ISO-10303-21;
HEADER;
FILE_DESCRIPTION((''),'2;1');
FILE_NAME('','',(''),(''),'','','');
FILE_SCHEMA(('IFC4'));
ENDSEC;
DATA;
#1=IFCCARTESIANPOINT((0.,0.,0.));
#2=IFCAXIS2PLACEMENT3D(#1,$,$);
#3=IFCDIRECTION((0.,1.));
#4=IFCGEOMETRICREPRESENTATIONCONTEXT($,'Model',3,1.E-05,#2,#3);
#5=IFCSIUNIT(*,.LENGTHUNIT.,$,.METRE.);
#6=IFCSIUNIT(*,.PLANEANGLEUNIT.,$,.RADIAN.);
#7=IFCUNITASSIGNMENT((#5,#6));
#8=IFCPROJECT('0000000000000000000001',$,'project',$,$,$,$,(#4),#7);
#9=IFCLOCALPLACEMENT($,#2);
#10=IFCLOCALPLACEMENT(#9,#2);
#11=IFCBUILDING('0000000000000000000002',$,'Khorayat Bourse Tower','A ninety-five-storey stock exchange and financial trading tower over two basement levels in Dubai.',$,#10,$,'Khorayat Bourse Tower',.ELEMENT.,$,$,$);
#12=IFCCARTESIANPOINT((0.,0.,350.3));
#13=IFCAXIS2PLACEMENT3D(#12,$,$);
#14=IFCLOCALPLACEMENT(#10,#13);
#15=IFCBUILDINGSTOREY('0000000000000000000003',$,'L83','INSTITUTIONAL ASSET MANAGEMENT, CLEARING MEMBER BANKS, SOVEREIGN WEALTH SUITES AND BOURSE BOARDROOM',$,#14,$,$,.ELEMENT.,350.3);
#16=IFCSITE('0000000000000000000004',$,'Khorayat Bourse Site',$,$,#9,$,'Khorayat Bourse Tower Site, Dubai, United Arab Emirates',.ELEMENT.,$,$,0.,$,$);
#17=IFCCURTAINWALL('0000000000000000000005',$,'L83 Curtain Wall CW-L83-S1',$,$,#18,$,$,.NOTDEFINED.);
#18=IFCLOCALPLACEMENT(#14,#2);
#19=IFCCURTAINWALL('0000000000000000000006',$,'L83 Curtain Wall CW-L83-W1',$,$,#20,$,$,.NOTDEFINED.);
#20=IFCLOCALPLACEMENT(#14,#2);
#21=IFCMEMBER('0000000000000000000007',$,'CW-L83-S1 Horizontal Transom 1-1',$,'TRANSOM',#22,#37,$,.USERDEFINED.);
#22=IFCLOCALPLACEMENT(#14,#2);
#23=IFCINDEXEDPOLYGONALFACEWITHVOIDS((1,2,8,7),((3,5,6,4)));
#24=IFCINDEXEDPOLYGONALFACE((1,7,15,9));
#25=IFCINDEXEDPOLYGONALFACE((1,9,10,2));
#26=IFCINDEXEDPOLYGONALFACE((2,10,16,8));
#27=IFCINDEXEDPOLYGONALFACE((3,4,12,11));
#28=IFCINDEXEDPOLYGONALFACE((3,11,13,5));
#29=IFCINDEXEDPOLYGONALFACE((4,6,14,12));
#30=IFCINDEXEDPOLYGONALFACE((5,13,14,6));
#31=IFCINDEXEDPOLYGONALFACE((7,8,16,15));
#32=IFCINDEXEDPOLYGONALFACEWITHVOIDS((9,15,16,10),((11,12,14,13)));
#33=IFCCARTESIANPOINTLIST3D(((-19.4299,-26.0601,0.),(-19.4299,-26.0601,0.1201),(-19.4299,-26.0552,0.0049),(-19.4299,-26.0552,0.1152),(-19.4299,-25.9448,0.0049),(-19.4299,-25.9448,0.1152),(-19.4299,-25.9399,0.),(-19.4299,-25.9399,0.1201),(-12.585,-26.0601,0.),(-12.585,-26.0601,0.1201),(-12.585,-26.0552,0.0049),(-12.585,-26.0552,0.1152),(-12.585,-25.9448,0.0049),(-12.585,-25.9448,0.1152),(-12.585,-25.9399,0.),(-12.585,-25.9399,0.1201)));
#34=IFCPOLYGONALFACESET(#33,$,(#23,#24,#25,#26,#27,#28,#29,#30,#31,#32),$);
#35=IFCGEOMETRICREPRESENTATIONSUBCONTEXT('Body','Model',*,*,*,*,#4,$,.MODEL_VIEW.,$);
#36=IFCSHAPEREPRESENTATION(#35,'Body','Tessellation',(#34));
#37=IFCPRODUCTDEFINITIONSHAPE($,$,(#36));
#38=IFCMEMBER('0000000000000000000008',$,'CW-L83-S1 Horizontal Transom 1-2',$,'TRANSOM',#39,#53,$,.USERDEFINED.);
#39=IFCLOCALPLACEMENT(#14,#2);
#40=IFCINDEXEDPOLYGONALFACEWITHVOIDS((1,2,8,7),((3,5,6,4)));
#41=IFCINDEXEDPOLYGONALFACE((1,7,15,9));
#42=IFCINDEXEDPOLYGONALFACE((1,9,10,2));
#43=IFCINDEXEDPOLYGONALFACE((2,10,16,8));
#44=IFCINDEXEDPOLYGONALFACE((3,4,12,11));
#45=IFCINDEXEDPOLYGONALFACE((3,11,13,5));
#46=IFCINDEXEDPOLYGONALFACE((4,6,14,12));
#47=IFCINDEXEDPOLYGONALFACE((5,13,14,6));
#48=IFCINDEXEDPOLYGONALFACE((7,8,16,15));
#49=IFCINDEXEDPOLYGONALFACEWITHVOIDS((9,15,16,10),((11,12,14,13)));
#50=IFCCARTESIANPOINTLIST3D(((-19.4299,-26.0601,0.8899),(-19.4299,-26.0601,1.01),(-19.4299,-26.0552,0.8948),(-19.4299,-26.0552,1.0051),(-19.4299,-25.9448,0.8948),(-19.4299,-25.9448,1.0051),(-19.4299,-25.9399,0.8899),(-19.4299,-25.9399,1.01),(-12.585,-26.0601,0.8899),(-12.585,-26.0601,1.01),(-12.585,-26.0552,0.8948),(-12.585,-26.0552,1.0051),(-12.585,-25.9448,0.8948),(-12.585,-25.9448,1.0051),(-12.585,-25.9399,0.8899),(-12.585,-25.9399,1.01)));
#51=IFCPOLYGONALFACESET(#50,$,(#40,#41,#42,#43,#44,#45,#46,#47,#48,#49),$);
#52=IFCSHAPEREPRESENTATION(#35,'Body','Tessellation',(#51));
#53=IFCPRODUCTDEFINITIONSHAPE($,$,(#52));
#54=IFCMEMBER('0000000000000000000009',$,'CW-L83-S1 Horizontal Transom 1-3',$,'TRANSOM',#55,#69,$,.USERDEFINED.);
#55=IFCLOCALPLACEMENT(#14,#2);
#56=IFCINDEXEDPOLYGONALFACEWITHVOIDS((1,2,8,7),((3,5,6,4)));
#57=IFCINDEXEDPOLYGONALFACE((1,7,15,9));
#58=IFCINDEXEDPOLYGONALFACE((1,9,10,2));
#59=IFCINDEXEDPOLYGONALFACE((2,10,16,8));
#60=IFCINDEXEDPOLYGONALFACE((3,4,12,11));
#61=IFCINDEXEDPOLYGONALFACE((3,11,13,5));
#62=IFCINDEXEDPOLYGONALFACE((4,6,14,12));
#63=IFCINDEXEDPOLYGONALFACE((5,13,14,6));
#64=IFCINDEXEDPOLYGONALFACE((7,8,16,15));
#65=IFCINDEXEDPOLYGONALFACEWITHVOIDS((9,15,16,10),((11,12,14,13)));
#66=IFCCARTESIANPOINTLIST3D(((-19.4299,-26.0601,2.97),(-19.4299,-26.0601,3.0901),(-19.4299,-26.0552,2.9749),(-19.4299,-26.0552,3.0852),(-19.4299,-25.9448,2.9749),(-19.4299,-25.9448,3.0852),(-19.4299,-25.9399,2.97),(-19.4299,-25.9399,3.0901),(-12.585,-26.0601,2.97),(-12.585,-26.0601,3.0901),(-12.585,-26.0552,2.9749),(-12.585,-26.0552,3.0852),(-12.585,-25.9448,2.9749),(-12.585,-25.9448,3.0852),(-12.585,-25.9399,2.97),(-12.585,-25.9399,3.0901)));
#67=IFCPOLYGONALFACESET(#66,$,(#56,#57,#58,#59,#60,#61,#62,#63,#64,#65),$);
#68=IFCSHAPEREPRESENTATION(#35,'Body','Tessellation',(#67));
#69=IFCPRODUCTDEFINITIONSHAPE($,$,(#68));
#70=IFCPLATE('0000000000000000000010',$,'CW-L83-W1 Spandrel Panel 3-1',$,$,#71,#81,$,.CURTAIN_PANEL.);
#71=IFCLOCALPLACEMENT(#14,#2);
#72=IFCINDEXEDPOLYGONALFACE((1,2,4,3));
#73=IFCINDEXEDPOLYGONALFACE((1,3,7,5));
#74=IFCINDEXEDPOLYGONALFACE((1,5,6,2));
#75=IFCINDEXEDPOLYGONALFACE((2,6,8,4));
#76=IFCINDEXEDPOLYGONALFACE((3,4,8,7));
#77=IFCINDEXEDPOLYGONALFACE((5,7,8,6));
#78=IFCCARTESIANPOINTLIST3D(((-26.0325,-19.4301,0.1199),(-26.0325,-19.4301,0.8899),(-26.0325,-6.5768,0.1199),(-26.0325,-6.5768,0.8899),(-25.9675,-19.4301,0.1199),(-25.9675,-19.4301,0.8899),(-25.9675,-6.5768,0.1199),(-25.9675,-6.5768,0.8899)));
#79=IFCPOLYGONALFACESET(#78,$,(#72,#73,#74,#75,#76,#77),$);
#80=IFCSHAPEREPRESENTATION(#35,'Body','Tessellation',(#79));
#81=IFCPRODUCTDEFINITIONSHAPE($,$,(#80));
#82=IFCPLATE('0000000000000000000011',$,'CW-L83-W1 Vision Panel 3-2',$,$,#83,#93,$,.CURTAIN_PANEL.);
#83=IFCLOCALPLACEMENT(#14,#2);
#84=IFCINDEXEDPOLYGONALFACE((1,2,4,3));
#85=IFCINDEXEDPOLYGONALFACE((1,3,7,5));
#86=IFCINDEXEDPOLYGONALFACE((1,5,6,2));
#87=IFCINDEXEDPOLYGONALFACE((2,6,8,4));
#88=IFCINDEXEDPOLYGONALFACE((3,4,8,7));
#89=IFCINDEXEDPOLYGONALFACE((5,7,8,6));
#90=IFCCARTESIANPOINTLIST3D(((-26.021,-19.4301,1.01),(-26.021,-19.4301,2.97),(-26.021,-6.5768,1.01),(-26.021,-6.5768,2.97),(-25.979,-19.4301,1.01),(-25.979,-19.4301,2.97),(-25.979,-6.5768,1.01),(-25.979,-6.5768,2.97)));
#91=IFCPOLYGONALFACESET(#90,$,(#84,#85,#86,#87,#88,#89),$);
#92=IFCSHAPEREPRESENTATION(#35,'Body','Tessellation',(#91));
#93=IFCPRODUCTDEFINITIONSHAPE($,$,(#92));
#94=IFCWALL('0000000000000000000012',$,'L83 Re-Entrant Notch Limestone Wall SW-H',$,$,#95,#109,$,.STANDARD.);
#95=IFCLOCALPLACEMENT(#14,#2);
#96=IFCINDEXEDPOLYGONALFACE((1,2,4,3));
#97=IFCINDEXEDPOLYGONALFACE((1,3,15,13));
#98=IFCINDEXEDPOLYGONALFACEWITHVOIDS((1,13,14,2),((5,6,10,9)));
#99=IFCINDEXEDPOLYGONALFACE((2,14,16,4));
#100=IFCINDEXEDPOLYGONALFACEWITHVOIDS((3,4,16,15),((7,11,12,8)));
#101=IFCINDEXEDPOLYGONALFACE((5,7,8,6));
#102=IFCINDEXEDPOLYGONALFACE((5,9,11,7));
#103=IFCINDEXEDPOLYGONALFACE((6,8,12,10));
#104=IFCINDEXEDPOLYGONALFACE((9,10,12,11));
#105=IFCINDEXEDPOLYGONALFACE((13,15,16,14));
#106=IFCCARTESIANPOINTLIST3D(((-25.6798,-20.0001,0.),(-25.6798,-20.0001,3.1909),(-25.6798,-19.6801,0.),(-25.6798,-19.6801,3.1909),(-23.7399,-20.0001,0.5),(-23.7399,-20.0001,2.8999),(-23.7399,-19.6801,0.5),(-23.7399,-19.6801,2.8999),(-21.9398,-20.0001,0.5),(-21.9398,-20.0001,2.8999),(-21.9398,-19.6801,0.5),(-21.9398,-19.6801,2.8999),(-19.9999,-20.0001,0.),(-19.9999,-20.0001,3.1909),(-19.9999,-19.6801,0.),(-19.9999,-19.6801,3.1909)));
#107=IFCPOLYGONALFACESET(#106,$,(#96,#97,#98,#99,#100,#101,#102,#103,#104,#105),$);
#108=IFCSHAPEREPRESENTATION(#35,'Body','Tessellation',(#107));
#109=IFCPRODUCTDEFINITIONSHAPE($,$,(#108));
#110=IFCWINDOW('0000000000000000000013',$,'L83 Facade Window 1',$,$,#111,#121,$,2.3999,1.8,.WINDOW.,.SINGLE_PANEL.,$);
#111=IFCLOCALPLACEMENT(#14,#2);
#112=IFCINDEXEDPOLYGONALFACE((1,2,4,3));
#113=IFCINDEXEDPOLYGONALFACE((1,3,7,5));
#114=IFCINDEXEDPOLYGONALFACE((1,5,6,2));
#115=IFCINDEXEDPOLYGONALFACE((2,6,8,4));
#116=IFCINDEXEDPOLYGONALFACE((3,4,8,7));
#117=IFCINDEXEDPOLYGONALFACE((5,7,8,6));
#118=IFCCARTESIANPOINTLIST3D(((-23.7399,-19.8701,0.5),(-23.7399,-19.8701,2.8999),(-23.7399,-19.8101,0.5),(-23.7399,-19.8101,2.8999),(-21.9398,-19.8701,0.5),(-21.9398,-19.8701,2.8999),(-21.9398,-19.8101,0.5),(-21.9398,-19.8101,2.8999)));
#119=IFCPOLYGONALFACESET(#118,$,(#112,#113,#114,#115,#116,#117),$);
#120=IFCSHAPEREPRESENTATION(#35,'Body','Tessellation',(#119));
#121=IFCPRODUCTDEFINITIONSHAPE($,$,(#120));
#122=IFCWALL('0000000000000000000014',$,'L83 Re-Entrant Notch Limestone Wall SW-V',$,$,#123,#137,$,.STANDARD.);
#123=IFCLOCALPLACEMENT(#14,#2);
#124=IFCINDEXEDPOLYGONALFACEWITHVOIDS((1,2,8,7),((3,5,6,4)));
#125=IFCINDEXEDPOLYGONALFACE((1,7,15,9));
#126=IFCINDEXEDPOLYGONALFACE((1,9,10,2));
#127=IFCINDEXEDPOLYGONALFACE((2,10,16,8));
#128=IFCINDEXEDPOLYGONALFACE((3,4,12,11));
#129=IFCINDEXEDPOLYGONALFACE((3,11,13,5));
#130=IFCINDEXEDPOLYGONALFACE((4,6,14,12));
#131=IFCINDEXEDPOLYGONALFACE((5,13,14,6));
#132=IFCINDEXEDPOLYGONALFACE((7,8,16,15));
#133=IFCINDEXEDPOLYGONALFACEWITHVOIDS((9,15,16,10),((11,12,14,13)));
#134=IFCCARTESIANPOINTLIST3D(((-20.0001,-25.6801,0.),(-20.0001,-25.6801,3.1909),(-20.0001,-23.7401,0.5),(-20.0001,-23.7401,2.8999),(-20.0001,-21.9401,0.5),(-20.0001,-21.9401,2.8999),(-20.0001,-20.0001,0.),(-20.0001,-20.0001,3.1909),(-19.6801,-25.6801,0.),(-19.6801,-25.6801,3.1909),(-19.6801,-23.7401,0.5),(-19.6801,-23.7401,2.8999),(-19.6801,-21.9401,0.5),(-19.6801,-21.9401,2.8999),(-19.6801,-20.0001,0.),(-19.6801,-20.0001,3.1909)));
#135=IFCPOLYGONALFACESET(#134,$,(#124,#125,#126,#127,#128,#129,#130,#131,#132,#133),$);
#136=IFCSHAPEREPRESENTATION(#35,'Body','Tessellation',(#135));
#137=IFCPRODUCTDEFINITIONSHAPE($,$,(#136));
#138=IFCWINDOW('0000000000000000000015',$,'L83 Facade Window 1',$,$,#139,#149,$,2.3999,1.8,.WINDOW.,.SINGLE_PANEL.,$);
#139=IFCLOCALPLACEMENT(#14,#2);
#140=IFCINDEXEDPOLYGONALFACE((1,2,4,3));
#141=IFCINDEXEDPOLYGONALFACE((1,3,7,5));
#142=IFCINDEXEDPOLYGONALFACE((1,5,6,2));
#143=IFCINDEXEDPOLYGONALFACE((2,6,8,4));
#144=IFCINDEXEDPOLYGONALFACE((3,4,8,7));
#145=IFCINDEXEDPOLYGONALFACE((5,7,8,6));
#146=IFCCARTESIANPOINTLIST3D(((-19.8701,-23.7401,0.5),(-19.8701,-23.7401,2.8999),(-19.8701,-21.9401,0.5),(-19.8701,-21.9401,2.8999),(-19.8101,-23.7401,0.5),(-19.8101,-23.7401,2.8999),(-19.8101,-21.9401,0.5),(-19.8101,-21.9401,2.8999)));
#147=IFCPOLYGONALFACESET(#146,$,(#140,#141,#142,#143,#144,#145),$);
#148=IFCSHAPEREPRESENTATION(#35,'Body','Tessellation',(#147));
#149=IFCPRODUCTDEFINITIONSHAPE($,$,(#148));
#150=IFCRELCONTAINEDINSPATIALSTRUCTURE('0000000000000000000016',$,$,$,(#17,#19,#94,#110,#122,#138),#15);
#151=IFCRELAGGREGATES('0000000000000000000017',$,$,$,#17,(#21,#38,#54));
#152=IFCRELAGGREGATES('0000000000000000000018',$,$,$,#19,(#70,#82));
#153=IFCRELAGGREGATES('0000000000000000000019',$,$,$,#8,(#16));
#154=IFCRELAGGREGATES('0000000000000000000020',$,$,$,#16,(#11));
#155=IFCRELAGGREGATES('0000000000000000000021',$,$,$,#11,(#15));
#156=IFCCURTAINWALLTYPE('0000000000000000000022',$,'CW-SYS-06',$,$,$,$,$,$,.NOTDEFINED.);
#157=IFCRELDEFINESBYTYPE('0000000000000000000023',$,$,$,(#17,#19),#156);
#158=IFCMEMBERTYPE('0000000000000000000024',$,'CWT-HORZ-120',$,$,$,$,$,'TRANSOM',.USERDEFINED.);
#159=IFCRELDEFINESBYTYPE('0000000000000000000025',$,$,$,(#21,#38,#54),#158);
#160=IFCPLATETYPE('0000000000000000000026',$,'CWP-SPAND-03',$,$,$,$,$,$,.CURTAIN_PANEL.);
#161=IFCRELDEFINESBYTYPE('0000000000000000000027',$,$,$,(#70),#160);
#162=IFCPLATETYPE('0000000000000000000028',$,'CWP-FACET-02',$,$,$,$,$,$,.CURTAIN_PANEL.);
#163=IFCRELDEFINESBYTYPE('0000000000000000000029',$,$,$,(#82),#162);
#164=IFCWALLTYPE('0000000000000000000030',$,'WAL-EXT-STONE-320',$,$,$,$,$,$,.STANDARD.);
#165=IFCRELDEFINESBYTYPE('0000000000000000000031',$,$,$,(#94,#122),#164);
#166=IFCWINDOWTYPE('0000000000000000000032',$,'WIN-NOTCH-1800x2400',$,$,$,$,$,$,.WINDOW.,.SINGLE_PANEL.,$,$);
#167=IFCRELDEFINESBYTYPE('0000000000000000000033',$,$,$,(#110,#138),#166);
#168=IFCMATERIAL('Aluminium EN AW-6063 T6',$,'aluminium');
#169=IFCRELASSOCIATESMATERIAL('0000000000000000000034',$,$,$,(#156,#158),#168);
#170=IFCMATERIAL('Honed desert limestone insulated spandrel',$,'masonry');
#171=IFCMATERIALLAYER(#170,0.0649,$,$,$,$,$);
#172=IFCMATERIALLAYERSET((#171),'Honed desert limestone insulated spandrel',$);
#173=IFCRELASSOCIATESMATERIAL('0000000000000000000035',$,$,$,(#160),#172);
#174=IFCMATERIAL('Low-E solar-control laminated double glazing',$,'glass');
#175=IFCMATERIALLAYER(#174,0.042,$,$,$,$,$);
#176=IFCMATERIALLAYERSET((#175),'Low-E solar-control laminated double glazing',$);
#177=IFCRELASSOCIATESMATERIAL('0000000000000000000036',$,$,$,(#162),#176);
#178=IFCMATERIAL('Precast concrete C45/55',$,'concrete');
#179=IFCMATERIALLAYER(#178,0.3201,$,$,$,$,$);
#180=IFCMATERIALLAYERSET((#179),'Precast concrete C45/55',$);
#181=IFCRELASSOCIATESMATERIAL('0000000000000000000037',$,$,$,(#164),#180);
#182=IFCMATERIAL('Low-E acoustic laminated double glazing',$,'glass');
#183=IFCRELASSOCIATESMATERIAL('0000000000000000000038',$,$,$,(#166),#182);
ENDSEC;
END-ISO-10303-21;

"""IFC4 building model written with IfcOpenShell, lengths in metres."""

from ifc_helpers import new_model, si_unit, direction, frame, frame_2d, origin, origin_2d, place, context, subcontext, project, spatial, rectangle, hollow_rectangle, extrude, source, transform, mapped, material, layer, layer_set, material_profile, profile_set, type_object, element, fill, aggregate, save


model = new_model("IFC4")

# Units and contexts
model_context = context("Model", 3, precision=1e-05, world=origin(), true_north=direction((0.0, 1.0)))
body_context = subcontext(model_context, "Body", "Model", "MODEL_VIEW")
ifc_project = project(units=[si_unit("LENGTHUNIT", "METRE"), si_unit("PLANEANGLEUNIT", "RADIAN")], contexts=[model_context])

# Site, building, storey
site_placement = place(None, origin())
site = spatial("IfcSite", under=ifc_project, at=site_placement, Name="Khorayat Bourse Site", LongName="Khorayat Bourse Tower Site, Dubai, United Arab Emirates", CompositionType="ELEMENT", RefElevation=0.0)
building_placement = place(site_placement, origin())
building = spatial("IfcBuilding", under=site, at=building_placement, Name="Khorayat Bourse Tower", Description="A ninety-five-storey stock exchange and financial trading tower over two basement levels in Dubai.", LongName="Khorayat Bourse Tower", CompositionType="ELEMENT")
storey_placement = place(building_placement, frame((0.0, 0.0, 350.3)))
storey = spatial("IfcBuildingStorey", under=building, at=storey_placement, Name="L83", Description="INSTITUTIONAL ASSET MANAGEMENT, CLEARING MEMBER BANKS, SOVEREIGN WEALTH SUITES AND BOURSE BOARDROOM", CompositionType="ELEMENT", Elevation=350.3)

# Curtain wall
ifc_material_1 = material(Name="Aluminium EN AW-6063 T6", Category="aluminium")
curtain_wall_type = type_object("IfcCurtainWallType", Name="CW-SYS-06", PredefinedType="NOTDEFINED", material=ifc_material_1)
curtain_wall_1_placement = place(storey_placement, origin())
curtain_wall_1 = element("IfcCurtainWall", 1, at=curtain_wall_1_placement, inside=storey, type_object=curtain_wall_type, Name="L83 Curtain Wall CW-L83-S1", PredefinedType="NOTDEFINED")

# Curtain wall
curtain_wall_2_placement = place(storey_placement, origin())
curtain_wall_2 = element("IfcCurtainWall", 2, at=curtain_wall_2_placement, inside=storey, type_object=curtain_wall_type, Name="L83 Curtain Wall CW-L83-W1", PredefinedType="NOTDEFINED")

# Members
ifc_material_profile_1 = material_profile(ifc_material_1, hollow_rectangle(XDim=0.1201, YDim=0.1201, WallThickness=0.0049, at=origin_2d()), Name="ALU 120x120x5")
ifc_profile_set_1 = profile_set([ifc_material_profile_1], Name="Aluminium EN AW-6063 T6")
member_type_1 = type_object("IfcMemberType", Name="CWT-HORZ-120", ElementType="TRANSOM", PredefinedType="USERDEFINED", material=ifc_profile_set_1)
shared_shape_1 = source(origin(), body_context, "Body", "SweptSolid", [
    extrude(hollow_rectangle(XDim=0.1201, YDim=0.1201, WallThickness=0.0049, at=origin_2d()), origin(), (0.0, 0.0, 1.0), 6.845),
])
member_1_placement = place(storey_placement, frame((-19.4299, -26.0, 0.0601), z_axis=(1.0, 0.0, 0.0), x_axis=(0.0, 1.0, 0.0)))
member_1 = element("IfcMember", 3, at=member_1_placement, type_object=member_type_1, Name="CW-L83-S1 Horizontal Transom 1-1", ObjectType="TRANSOM", PredefinedType="USERDEFINED", context=body_context, shape_type="MappedRepresentation", body=[
    mapped(shared_shape_1, transform((0.0, 0.0, 0.0), scale=1.0)),
])
member_2_placement = place(storey_placement, frame((-19.4299, -26.0, 0.95), z_axis=(1.0, 0.0, 0.0), x_axis=(0.0, 1.0, 0.0)))
member_2 = element("IfcMember", 4, at=member_2_placement, type_object=member_type_1, Name="CW-L83-S1 Horizontal Transom 1-2", ObjectType="TRANSOM", PredefinedType="USERDEFINED", context=body_context, shape_type="MappedRepresentation", body=[
    mapped(shared_shape_1, transform((0.0, 0.0, 0.0), scale=1.0)),
])
member_3_placement = place(storey_placement, frame((-19.4299, -26.0, 3.03), z_axis=(1.0, 0.0, 0.0), x_axis=(0.0, 1.0, 0.0)))
member_3 = element("IfcMember", 5, at=member_3_placement, type_object=member_type_1, Name="CW-L83-S1 Horizontal Transom 1-3", ObjectType="TRANSOM", PredefinedType="USERDEFINED", context=body_context, shape_type="MappedRepresentation", body=[
    mapped(shared_shape_1, transform((0.0, 0.0, 0.0), scale=1.0)),
])
aggregate(curtain_wall_1, [member_1, member_2, member_3])

# Plates
ifc_material_2 = material(Name="Honed desert limestone insulated spandrel", Category="masonry")
ifc_layer_1 = layer(ifc_material_2, 0.0649)
ifc_layer_set_1 = layer_set([ifc_layer_1], Name="Honed desert limestone insulated spandrel")
plate_type_1 = type_object("IfcPlateType", Name="CWP-SPAND-03", PredefinedType="CURTAIN_PANEL", material=ifc_layer_set_1)
shared_shape_2 = source(origin(), body_context, "Body", "SweptSolid", [
    extrude(rectangle(XDim=12.8533, YDim=0.0649, at=origin_2d()), origin(), (0.0, 0.0, 1.0), 0.77),
])
plate_1_placement = place(storey_placement, frame((-26.0, -13.0034, 0.1199), z_axis=(0.0, 0.0, 1.0), x_axis=(0.0, -1.0, 0.0)))
plate_1 = element("IfcPlate", 6, at=plate_1_placement, type_object=plate_type_1, Name="CW-L83-W1 Spandrel Panel 3-1", PredefinedType="CURTAIN_PANEL", context=body_context, shape_type="MappedRepresentation", body=[
    mapped(shared_shape_2, transform((0.0, 0.0, 0.0), scale=1.0)),
])
ifc_material_3 = material(Name="Low-E solar-control laminated double glazing", Category="glass")
ifc_layer_2 = layer(ifc_material_3, 0.042)
ifc_layer_set_2 = layer_set([ifc_layer_2], Name="Low-E solar-control laminated double glazing")
plate_type_2 = type_object("IfcPlateType", Name="CWP-FACET-02", PredefinedType="CURTAIN_PANEL", material=ifc_layer_set_2)
shared_shape_3 = source(origin(), body_context, "Body", "SweptSolid", [
    extrude(rectangle(XDim=12.8533, YDim=0.042, at=origin_2d()), origin(), (0.0, 0.0, 1.0), 1.96),
])
plate_2_placement = place(storey_placement, frame((-26.0, -13.0034, 1.01), z_axis=(0.0, 0.0, 1.0), x_axis=(0.0, -1.0, 0.0)))
plate_2 = element("IfcPlate", 7, at=plate_2_placement, type_object=plate_type_2, Name="CW-L83-W1 Vision Panel 3-2", PredefinedType="CURTAIN_PANEL", context=body_context, shape_type="MappedRepresentation", body=[
    mapped(shared_shape_3, transform((0.0, 0.0, 0.0), scale=1.0)),
])
aggregate(curtain_wall_2, [plate_1, plate_2])

# Walls, openings, windows
ifc_material_4 = material(Name="Precast concrete C45/55", Category="concrete")
ifc_layer_3 = layer(ifc_material_4, 0.3201)
ifc_layer_set_3 = layer_set([ifc_layer_3], Name="Precast concrete C45/55")
wall_type = type_object("IfcWallType", Name="WAL-EXT-STONE-320", PredefinedType="STANDARD", material=ifc_layer_set_3)
shared_shape_4 = source(origin(), body_context, "Body", "SweptSolid", [
    extrude(rectangle(XDim=5.6799, YDim=0.3201, at=frame_2d((2.8398, 0.0))), origin(), (0.0, 0.0, 1.0), 3.1909),
])
wall_1_placement = place(storey_placement, frame((-20.0, -19.8401, 0.0), z_axis=(0.0, 0.0, 1.0), x_axis=(-1.0, 0.0, 0.0)))
wall_1 = element("IfcWall", 8, at=wall_1_placement, inside=storey, type_object=wall_type, Name="L83 Re-Entrant Notch Limestone Wall SW-H", PredefinedType="STANDARD", context=body_context, shape_type="MappedRepresentation", body=[
    mapped(shared_shape_4, transform((0.0, 0.0, 0.0), scale=1.0)),
])
shared_shape_5 = source(origin(), body_context, "Body", "SweptSolid", [
    extrude(rectangle(XDim=1.8, YDim=2.3999, at=frame_2d((0.8999, 1.2))), frame((0.0, 0.1699, 0.0), z_axis=(0.0, -1.0, 0.0), x_axis=(1.0, 0.0, 0.0)), (0.0, 0.0, 1.0), 0.3401),
])
opening_1_placement = place(wall_1_placement, frame((1.9399, 0.0, 0.5)))
opening_1 = element("IfcOpeningElement", 9, at=opening_1_placement, cuts=wall_1, PredefinedType="OPENING", context=body_context, shape_type="MappedRepresentation", body=[
    mapped(shared_shape_5, transform((0.0, 0.0, 0.0), scale=1.0)),
])
ifc_material_5 = material(Name="Low-E acoustic laminated double glazing", Category="glass")
window_type = type_object("IfcWindowType", Name="WIN-NOTCH-1800x2400", PartitioningType="SINGLE_PANEL", PredefinedType="WINDOW", material=ifc_material_5)
shared_shape_6 = source(origin(), body_context, "Body", "SweptSolid", [
    extrude(rectangle(XDim=1.8, YDim=2.3999, at=frame_2d((0.8999, 1.2))), frame((0.0, 0.03, 0.0), z_axis=(0.0, -1.0, 0.0), x_axis=(1.0, 0.0, 0.0)), (0.0, 0.0, 1.0), 0.0601),
])
window_1_placement = place(opening_1_placement, origin())
window_1 = element("IfcWindow", 10, at=window_1_placement, inside=storey, type_object=window_type, Name="L83 Facade Window 1", OverallHeight=2.3999, OverallWidth=1.8, PartitioningType="SINGLE_PANEL", PredefinedType="WINDOW", context=body_context, shape_type="MappedRepresentation", body=[
    mapped(shared_shape_6, transform((0.0, 0.0, 0.0), scale=1.0)),
])
fill(opening_1, window_1)
wall_2_placement = place(storey_placement, frame((-19.8401, -25.6799, 0.0), z_axis=(0.0, 0.0, 1.0), x_axis=(0.0, 1.0, 0.0)))
wall_2 = element("IfcWall", 11, at=wall_2_placement, inside=storey, type_object=wall_type, Name="L83 Re-Entrant Notch Limestone Wall SW-V", PredefinedType="STANDARD", context=body_context, shape_type="MappedRepresentation", body=[
    mapped(shared_shape_4, transform((0.0, 0.0, 0.0), scale=1.0)),
])
opening_2_placement = place(wall_2_placement, frame((1.9399, 0.0, 0.5)))
opening_2 = element("IfcOpeningElement", 12, at=opening_2_placement, cuts=wall_2, PredefinedType="OPENING", context=body_context, shape_type="MappedRepresentation", body=[
    mapped(shared_shape_5, transform((0.0, 0.0, 0.0), scale=1.0)),
])
window_2_placement = place(opening_2_placement, origin())
window_2 = element("IfcWindow", 13, at=window_2_placement, inside=storey, type_object=window_type, Name="L83 Facade Window 1", OverallHeight=2.3999, OverallWidth=1.8, PartitioningType="SINGLE_PANEL", PredefinedType="WINDOW", context=body_context, shape_type="MappedRepresentation", body=[
    mapped(shared_shape_6, transform((0.0, 0.0, 0.0), scale=1.0)),
])
fill(opening_2, window_2)

save(model, "model.ifc")
